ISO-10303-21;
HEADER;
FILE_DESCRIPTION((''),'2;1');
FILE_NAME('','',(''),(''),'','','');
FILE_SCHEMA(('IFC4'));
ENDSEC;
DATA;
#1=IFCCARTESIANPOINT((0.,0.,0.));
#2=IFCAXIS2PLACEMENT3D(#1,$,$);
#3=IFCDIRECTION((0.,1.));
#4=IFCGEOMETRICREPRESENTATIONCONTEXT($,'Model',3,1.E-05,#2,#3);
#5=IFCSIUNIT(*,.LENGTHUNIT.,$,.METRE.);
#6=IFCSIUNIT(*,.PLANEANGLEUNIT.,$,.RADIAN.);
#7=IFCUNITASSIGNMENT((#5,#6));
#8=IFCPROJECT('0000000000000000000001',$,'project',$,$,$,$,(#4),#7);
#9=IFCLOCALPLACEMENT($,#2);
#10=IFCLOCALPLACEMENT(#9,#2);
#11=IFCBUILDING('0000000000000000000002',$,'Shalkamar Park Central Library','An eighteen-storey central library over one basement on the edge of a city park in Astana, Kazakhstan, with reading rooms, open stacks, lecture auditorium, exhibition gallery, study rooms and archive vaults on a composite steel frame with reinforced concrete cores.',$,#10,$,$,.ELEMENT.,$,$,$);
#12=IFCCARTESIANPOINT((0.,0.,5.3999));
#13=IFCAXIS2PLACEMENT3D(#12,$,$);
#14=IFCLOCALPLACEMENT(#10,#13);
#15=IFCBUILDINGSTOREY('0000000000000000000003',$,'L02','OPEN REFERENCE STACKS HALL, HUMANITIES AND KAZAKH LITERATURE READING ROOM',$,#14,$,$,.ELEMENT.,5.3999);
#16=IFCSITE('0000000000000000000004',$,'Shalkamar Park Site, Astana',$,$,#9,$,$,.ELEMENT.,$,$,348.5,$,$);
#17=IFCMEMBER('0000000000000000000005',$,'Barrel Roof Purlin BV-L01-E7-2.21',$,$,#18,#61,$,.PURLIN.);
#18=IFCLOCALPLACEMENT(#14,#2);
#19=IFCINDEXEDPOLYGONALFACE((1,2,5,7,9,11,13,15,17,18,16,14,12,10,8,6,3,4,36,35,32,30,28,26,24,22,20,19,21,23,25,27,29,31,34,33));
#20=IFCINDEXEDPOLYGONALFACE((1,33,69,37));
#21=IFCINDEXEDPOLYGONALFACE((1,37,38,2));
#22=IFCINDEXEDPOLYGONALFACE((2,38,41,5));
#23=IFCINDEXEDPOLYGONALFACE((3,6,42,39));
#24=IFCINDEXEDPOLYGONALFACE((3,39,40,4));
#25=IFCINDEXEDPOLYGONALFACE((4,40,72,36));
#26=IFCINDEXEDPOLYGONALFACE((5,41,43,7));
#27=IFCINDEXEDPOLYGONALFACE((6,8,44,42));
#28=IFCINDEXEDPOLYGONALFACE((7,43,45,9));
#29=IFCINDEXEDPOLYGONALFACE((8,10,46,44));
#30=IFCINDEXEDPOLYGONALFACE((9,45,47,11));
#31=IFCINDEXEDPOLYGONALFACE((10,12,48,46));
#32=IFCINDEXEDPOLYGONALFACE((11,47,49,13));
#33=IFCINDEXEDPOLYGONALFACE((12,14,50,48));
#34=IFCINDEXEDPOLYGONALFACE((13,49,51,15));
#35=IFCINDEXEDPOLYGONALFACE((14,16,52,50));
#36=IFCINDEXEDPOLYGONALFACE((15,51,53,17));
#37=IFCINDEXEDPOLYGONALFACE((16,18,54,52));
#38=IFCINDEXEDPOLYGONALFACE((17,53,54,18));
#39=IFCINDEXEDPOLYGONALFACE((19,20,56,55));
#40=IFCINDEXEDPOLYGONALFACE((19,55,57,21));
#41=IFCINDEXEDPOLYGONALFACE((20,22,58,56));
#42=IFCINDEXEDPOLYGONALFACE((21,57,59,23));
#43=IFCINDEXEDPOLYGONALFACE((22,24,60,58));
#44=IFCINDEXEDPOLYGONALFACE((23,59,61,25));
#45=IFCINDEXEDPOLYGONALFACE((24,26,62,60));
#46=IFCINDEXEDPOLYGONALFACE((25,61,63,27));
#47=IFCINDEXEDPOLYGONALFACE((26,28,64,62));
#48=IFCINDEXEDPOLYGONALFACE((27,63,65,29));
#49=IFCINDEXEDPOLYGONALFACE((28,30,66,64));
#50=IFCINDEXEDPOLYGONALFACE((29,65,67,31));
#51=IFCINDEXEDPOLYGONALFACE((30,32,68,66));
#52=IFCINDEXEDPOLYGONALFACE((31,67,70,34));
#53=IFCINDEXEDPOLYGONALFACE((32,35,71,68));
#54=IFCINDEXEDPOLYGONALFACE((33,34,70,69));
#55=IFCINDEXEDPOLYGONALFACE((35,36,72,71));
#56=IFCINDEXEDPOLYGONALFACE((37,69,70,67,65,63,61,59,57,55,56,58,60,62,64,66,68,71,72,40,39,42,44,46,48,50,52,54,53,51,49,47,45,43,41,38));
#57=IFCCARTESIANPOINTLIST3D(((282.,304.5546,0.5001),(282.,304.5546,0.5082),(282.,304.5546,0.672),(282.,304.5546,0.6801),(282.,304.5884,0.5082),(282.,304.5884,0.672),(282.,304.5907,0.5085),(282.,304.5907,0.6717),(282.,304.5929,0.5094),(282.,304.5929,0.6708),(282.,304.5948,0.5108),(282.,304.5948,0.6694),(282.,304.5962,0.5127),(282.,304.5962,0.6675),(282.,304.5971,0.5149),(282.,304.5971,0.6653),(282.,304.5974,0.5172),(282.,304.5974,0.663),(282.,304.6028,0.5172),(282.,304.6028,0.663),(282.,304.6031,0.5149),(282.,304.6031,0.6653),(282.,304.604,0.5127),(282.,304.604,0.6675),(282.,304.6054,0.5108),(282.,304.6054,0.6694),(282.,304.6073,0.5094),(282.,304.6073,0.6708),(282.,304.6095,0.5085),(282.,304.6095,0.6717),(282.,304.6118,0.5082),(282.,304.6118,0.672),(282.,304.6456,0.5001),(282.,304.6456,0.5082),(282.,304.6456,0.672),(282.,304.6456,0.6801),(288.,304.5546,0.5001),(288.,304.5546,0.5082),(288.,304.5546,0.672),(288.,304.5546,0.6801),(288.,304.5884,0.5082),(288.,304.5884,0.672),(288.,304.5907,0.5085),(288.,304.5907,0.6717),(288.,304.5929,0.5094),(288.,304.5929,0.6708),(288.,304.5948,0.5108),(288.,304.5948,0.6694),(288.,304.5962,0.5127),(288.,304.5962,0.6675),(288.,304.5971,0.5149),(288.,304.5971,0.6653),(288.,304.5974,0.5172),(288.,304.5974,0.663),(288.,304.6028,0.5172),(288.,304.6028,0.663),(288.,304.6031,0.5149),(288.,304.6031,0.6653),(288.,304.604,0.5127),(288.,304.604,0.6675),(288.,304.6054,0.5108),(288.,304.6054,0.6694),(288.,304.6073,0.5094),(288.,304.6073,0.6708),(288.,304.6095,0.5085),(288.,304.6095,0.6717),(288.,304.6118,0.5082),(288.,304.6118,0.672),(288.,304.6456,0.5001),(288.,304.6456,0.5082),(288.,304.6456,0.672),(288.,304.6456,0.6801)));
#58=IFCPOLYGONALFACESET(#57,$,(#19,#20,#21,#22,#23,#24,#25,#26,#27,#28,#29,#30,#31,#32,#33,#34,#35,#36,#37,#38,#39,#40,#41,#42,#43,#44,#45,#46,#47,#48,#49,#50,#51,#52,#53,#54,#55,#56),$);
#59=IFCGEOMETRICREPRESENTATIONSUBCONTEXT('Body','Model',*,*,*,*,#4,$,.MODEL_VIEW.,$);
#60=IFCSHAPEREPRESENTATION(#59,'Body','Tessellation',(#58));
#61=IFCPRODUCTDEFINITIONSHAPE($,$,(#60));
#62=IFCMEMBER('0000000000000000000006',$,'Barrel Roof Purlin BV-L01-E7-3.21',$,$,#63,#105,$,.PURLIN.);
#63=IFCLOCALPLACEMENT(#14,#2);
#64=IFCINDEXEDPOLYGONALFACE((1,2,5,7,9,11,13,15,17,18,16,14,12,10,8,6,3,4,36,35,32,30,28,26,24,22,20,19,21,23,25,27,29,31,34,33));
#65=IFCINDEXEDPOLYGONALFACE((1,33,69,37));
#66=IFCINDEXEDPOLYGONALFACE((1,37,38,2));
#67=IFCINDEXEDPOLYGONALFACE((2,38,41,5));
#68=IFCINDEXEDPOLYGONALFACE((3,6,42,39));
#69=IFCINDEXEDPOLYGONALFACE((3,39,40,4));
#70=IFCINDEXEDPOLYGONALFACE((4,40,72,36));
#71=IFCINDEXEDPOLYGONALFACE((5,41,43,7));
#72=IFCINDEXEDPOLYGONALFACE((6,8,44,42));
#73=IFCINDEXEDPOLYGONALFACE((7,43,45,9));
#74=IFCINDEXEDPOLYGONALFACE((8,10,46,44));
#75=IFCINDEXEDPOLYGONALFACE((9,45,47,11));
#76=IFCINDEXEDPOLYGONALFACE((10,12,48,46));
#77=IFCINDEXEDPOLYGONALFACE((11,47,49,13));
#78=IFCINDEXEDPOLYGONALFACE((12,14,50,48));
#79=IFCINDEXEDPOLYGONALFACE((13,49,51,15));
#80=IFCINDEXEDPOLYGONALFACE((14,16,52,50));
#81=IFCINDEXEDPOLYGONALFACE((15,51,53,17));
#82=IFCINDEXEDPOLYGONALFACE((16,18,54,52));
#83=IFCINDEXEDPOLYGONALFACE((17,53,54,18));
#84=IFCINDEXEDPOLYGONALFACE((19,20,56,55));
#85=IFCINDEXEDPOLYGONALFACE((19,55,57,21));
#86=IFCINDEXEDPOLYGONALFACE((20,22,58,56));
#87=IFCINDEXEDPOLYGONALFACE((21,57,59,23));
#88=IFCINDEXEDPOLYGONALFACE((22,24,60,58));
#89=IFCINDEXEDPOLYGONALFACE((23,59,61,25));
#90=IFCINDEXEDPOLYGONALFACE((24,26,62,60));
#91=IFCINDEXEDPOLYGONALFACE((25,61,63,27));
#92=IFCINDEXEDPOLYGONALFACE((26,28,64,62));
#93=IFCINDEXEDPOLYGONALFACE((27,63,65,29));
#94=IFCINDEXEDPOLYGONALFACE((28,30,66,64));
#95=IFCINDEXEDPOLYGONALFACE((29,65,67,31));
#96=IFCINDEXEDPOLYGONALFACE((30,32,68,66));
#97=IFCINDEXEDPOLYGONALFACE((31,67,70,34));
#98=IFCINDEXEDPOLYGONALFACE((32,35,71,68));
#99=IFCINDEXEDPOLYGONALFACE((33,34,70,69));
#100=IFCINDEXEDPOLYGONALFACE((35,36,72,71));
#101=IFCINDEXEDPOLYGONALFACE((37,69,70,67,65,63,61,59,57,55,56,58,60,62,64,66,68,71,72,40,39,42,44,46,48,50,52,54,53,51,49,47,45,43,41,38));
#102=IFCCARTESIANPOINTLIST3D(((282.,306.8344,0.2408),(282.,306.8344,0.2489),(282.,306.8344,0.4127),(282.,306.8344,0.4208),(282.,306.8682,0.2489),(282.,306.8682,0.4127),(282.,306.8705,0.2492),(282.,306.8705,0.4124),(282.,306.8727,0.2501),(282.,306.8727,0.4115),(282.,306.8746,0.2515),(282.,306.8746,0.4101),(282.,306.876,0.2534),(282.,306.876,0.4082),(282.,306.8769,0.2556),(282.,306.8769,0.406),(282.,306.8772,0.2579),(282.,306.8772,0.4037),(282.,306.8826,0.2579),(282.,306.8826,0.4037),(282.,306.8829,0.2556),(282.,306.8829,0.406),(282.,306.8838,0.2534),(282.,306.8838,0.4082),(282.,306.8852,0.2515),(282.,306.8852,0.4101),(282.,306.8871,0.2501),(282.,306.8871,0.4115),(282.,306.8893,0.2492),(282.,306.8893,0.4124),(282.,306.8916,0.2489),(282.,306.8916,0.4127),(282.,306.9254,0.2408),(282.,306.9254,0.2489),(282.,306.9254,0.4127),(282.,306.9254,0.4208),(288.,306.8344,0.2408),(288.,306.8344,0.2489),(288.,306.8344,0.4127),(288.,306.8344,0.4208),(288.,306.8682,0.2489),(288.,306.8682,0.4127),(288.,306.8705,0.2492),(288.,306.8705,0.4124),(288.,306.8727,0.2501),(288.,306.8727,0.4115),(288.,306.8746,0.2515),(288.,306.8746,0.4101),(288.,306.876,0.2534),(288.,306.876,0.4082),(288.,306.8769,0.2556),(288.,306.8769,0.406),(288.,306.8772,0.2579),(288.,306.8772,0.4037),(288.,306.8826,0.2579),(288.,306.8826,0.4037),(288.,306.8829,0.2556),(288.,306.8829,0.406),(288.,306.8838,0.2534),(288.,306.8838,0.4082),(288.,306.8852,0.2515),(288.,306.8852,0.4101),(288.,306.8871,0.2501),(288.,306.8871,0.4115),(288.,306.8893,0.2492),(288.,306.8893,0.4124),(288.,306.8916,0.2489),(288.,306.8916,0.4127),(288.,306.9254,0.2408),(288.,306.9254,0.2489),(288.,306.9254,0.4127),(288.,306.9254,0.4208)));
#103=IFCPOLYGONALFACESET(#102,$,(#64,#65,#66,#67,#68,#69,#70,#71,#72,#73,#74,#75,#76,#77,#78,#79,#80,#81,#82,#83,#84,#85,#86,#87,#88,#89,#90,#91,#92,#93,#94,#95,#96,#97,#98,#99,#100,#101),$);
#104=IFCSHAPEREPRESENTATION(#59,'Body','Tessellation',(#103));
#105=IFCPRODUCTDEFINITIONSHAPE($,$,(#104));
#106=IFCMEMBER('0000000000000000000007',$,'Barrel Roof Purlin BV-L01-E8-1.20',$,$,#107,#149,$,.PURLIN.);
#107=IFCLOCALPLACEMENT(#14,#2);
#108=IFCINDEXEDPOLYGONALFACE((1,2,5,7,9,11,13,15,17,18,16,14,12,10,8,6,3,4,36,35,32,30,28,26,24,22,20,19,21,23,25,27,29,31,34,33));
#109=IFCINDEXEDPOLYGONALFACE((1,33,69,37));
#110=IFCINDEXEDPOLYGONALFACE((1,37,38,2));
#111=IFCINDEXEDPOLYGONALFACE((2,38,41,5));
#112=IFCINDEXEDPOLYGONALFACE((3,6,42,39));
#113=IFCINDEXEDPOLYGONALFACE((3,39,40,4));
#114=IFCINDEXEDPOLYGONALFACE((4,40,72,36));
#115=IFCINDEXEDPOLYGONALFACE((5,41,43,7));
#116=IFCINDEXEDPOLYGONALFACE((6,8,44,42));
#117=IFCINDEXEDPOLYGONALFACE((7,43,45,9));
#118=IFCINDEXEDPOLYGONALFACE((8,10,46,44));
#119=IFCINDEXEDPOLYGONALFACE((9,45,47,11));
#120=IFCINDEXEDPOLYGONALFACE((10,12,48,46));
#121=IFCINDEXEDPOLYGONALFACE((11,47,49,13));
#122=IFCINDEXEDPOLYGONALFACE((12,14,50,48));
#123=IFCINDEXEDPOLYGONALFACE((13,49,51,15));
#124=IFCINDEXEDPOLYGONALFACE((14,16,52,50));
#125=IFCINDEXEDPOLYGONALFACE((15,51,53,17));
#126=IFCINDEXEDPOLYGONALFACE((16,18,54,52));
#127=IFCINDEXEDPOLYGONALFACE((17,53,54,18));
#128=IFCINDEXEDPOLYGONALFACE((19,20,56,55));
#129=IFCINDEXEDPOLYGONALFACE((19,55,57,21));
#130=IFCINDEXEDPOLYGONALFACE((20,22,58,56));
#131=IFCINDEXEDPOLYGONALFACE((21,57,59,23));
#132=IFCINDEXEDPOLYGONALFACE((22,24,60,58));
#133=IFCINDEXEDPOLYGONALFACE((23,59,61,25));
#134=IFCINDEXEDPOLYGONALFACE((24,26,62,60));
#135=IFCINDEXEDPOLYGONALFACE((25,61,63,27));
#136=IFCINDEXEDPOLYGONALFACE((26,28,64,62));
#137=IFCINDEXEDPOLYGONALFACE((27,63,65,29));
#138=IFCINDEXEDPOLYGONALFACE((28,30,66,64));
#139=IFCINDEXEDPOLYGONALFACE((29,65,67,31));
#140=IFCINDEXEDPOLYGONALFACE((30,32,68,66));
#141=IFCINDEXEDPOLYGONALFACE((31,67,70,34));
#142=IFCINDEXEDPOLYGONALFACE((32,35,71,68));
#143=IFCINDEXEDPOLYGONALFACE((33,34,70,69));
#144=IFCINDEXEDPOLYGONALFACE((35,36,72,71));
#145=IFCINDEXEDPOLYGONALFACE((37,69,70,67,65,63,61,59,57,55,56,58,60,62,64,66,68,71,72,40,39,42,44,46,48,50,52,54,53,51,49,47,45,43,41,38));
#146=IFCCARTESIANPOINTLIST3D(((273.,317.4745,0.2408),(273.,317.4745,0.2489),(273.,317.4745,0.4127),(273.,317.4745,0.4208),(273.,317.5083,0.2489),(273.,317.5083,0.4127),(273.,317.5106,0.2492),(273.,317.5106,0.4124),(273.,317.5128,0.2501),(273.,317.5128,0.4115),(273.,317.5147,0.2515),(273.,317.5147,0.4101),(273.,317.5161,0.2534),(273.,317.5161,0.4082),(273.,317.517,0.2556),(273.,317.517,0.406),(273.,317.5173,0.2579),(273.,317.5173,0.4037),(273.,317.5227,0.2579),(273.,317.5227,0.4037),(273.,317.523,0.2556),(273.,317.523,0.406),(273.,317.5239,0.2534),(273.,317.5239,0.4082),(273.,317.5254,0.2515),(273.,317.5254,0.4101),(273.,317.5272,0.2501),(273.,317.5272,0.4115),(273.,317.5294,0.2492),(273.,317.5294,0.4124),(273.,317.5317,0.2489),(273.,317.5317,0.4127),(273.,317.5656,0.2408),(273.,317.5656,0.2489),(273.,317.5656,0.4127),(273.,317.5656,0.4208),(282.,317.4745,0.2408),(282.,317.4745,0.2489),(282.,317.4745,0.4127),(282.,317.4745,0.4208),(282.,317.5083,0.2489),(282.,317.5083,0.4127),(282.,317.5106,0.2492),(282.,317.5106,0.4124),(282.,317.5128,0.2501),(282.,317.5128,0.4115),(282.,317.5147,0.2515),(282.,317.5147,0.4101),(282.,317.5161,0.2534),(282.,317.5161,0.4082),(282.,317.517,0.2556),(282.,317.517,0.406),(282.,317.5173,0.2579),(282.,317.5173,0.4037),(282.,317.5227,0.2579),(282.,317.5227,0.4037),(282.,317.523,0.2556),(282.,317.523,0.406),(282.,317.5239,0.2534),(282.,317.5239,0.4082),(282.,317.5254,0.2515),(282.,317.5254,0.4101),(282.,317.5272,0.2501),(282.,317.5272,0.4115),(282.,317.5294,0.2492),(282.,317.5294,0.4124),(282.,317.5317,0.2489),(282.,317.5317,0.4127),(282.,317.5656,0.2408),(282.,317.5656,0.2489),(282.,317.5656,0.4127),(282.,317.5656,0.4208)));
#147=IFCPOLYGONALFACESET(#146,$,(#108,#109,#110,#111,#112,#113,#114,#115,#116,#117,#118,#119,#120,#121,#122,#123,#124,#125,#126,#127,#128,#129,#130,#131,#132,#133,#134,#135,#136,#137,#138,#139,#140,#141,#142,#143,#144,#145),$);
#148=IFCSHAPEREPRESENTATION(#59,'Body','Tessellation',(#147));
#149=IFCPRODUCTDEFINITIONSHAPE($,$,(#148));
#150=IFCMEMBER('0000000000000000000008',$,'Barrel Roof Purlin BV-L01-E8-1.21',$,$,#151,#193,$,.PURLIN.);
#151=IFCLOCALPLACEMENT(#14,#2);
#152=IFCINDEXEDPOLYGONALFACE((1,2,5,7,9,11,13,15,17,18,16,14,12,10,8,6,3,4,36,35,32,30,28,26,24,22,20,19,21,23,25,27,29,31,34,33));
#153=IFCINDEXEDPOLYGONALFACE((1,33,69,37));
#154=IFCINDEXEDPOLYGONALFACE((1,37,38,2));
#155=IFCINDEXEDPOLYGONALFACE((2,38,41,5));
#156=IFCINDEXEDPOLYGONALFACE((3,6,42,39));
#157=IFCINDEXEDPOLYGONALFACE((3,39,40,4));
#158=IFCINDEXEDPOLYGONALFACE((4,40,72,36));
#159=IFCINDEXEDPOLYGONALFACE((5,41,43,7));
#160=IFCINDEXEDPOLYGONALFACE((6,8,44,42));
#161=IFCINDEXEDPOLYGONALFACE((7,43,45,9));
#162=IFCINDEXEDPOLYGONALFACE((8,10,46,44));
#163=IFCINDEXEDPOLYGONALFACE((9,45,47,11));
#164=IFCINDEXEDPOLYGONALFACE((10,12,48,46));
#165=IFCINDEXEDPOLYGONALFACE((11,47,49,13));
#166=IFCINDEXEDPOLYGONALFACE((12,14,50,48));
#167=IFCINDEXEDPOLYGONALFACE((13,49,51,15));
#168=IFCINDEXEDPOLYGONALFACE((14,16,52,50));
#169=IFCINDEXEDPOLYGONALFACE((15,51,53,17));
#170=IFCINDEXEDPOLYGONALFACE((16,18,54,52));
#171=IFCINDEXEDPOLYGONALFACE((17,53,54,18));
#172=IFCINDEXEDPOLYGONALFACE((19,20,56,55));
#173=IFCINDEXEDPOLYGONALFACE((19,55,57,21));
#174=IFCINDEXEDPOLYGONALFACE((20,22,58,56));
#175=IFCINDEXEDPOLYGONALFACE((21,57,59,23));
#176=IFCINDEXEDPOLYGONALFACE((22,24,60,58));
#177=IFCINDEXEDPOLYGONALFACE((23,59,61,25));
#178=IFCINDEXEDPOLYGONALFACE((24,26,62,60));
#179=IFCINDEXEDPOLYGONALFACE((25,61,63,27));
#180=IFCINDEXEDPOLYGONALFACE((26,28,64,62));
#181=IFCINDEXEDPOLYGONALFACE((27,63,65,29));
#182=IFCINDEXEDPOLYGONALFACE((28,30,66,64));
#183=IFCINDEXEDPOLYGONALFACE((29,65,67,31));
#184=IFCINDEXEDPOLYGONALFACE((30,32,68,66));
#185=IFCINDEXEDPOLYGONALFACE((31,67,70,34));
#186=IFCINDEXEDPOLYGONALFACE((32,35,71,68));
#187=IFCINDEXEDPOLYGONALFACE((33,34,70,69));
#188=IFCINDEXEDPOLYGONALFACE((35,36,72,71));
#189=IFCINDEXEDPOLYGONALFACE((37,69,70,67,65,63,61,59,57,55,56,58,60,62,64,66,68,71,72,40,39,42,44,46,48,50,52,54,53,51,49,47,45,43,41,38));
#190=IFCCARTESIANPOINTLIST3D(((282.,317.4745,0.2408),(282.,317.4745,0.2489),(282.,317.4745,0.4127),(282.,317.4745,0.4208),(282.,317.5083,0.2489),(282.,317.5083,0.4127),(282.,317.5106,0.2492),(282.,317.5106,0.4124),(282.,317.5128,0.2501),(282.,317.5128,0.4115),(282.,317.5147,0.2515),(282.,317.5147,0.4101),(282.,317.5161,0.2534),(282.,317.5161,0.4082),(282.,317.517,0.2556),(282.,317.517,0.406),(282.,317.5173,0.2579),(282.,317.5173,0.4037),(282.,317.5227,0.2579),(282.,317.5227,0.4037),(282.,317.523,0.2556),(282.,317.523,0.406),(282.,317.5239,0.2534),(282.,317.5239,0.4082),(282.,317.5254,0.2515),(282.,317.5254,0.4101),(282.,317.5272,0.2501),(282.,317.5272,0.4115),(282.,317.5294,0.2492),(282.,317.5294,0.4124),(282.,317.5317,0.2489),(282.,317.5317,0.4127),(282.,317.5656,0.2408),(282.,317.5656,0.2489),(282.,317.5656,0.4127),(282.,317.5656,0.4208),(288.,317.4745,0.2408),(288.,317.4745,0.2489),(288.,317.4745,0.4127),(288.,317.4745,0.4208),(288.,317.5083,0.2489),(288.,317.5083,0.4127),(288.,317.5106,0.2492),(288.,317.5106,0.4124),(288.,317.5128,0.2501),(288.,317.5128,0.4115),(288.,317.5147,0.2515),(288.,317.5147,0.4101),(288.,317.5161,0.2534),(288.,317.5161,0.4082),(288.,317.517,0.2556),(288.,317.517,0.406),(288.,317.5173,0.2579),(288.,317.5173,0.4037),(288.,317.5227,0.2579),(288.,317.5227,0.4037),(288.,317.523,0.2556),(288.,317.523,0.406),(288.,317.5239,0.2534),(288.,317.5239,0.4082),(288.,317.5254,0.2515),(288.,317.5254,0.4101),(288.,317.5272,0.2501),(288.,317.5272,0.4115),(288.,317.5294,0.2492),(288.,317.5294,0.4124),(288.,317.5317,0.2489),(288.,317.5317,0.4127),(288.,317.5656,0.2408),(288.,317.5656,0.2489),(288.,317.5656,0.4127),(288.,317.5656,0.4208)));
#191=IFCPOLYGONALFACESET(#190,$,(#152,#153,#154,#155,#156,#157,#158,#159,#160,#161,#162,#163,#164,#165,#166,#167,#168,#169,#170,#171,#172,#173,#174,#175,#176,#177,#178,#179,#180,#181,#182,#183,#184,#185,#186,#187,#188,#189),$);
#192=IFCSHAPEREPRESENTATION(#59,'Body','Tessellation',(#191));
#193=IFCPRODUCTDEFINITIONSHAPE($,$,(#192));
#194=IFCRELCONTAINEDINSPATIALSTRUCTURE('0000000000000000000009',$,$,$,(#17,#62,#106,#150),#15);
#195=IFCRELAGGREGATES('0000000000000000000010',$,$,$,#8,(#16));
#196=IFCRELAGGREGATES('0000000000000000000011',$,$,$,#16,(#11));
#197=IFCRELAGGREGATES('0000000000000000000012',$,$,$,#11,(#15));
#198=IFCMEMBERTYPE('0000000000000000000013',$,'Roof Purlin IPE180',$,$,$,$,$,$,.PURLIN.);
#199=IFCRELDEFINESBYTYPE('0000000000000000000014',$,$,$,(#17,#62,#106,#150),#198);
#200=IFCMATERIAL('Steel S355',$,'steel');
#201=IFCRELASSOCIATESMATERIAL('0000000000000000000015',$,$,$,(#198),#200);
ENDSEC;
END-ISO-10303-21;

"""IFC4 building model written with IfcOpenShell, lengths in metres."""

from ifc_helpers import new_model, si_unit, direction, frame, origin, origin_2d, place, context, subcontext, project, spatial, i_section, extrude, material, material_profile, profile_set, type_object, element, save


model = new_model("IFC4")

# Units and contexts
model_context = context("Model", 3, precision=1e-05, world=origin(), true_north=direction((0.0, 1.0)))
body_context = subcontext(model_context, "Body", "Model", "MODEL_VIEW")
ifc_project = project(units=[si_unit("LENGTHUNIT", "METRE"), si_unit("PLANEANGLEUNIT", "RADIAN")], contexts=[model_context])

# Site, building, storey
site_placement = place(None, origin())
site = spatial("IfcSite", under=ifc_project, at=site_placement, Name="Shalkamar Park Site, Astana", CompositionType="ELEMENT", RefElevation=348.5)
building_placement = place(site_placement, origin())
building = spatial("IfcBuilding", under=site, at=building_placement, Name="Shalkamar Park Central Library", Description="An eighteen-storey central library over one basement on the edge of a city park in Astana, Kazakhstan, with reading rooms, open stacks, lecture auditorium, exhibition gallery, study rooms and archive vaults on a composite steel frame with reinforced concrete cores.", CompositionType="ELEMENT")
storey_placement = place(building_placement, frame((0.0, 0.0, 5.3999)))
storey = spatial("IfcBuildingStorey", under=building, at=storey_placement, Name="L02", Description="OPEN REFERENCE STACKS HALL, HUMANITIES AND KAZAKH LITERATURE READING ROOM", CompositionType="ELEMENT", Elevation=5.3999)

# Shared definitions
ifc_material_1 = material(Name="Steel S355", Category="steel")

# Members
ifc_material_profile_1 = material_profile(ifc_material_1, i_section(OverallWidth=0.0911, OverallDepth=0.1799, WebThickness=0.0054, FlangeThickness=0.0081, FilletRadius=0.009, at=origin_2d()), Name="IPE 180")
ifc_profile_set_1 = profile_set([ifc_material_profile_1], Name="Steel S355")
member_type_1 = type_object("IfcMemberType", Name="Roof Purlin IPE180", PredefinedType="PURLIN", material=ifc_profile_set_1)
for number, where, z_axis, x_axis, name in (
    (1, (282.0, 304.6001, 0.5901), (1.0, 0.0, 0.0), (0.0, 1.0, 0.0), "Barrel Roof Purlin BV-L01-E7-2.21"),
    (2, (282.0, 306.8799, 0.3308), (1.0, 0.0, 0.0), (0.0, 1.0, 0.0), "Barrel Roof Purlin BV-L01-E7-3.21"),
):
    element("IfcMember", number, at=place(storey_placement, frame(where, z_axis=z_axis, x_axis=x_axis)), inside=storey, type_object=member_type_1, Name=name, PredefinedType="PURLIN", context=body_context, shape_type="SweptSolid", body=[
        extrude(i_section(OverallWidth=0.0911, OverallDepth=0.1799, WebThickness=0.0054, FlangeThickness=0.0081, FilletRadius=0.009, at=origin_2d()), origin(), (0.0, 0.0, 1.0), 6.0),
    ])
member_1_placement = place(storey_placement, frame((273.0, 317.52, 0.3308), z_axis=(1.0, 0.0, 0.0), x_axis=(0.0, 1.0, 0.0)))
element("IfcMember", 3, at=member_1_placement, inside=storey, type_object=member_type_1, Name="Barrel Roof Purlin BV-L01-E8-1.20", PredefinedType="PURLIN", context=body_context, shape_type="SweptSolid", body=[
    extrude(i_section(OverallWidth=0.0911, OverallDepth=0.1799, WebThickness=0.0054, FlangeThickness=0.0081, FilletRadius=0.009, at=origin_2d()), origin(), (0.0, 0.0, 1.0), 9.0),
])
member_2_placement = place(storey_placement, frame((282.0, 317.52, 0.3308), z_axis=(1.0, 0.0, 0.0), x_axis=(0.0, 1.0, 0.0)))
element("IfcMember", 4, at=member_2_placement, inside=storey, type_object=member_type_1, Name="Barrel Roof Purlin BV-L01-E8-1.21", PredefinedType="PURLIN", context=body_context, shape_type="SweptSolid", body=[
    extrude(i_section(OverallWidth=0.0911, OverallDepth=0.1799, WebThickness=0.0054, FlangeThickness=0.0081, FilletRadius=0.009, at=origin_2d()), origin(), (0.0, 0.0, 1.0), 6.0),
])

save(model, "model.ifc")
